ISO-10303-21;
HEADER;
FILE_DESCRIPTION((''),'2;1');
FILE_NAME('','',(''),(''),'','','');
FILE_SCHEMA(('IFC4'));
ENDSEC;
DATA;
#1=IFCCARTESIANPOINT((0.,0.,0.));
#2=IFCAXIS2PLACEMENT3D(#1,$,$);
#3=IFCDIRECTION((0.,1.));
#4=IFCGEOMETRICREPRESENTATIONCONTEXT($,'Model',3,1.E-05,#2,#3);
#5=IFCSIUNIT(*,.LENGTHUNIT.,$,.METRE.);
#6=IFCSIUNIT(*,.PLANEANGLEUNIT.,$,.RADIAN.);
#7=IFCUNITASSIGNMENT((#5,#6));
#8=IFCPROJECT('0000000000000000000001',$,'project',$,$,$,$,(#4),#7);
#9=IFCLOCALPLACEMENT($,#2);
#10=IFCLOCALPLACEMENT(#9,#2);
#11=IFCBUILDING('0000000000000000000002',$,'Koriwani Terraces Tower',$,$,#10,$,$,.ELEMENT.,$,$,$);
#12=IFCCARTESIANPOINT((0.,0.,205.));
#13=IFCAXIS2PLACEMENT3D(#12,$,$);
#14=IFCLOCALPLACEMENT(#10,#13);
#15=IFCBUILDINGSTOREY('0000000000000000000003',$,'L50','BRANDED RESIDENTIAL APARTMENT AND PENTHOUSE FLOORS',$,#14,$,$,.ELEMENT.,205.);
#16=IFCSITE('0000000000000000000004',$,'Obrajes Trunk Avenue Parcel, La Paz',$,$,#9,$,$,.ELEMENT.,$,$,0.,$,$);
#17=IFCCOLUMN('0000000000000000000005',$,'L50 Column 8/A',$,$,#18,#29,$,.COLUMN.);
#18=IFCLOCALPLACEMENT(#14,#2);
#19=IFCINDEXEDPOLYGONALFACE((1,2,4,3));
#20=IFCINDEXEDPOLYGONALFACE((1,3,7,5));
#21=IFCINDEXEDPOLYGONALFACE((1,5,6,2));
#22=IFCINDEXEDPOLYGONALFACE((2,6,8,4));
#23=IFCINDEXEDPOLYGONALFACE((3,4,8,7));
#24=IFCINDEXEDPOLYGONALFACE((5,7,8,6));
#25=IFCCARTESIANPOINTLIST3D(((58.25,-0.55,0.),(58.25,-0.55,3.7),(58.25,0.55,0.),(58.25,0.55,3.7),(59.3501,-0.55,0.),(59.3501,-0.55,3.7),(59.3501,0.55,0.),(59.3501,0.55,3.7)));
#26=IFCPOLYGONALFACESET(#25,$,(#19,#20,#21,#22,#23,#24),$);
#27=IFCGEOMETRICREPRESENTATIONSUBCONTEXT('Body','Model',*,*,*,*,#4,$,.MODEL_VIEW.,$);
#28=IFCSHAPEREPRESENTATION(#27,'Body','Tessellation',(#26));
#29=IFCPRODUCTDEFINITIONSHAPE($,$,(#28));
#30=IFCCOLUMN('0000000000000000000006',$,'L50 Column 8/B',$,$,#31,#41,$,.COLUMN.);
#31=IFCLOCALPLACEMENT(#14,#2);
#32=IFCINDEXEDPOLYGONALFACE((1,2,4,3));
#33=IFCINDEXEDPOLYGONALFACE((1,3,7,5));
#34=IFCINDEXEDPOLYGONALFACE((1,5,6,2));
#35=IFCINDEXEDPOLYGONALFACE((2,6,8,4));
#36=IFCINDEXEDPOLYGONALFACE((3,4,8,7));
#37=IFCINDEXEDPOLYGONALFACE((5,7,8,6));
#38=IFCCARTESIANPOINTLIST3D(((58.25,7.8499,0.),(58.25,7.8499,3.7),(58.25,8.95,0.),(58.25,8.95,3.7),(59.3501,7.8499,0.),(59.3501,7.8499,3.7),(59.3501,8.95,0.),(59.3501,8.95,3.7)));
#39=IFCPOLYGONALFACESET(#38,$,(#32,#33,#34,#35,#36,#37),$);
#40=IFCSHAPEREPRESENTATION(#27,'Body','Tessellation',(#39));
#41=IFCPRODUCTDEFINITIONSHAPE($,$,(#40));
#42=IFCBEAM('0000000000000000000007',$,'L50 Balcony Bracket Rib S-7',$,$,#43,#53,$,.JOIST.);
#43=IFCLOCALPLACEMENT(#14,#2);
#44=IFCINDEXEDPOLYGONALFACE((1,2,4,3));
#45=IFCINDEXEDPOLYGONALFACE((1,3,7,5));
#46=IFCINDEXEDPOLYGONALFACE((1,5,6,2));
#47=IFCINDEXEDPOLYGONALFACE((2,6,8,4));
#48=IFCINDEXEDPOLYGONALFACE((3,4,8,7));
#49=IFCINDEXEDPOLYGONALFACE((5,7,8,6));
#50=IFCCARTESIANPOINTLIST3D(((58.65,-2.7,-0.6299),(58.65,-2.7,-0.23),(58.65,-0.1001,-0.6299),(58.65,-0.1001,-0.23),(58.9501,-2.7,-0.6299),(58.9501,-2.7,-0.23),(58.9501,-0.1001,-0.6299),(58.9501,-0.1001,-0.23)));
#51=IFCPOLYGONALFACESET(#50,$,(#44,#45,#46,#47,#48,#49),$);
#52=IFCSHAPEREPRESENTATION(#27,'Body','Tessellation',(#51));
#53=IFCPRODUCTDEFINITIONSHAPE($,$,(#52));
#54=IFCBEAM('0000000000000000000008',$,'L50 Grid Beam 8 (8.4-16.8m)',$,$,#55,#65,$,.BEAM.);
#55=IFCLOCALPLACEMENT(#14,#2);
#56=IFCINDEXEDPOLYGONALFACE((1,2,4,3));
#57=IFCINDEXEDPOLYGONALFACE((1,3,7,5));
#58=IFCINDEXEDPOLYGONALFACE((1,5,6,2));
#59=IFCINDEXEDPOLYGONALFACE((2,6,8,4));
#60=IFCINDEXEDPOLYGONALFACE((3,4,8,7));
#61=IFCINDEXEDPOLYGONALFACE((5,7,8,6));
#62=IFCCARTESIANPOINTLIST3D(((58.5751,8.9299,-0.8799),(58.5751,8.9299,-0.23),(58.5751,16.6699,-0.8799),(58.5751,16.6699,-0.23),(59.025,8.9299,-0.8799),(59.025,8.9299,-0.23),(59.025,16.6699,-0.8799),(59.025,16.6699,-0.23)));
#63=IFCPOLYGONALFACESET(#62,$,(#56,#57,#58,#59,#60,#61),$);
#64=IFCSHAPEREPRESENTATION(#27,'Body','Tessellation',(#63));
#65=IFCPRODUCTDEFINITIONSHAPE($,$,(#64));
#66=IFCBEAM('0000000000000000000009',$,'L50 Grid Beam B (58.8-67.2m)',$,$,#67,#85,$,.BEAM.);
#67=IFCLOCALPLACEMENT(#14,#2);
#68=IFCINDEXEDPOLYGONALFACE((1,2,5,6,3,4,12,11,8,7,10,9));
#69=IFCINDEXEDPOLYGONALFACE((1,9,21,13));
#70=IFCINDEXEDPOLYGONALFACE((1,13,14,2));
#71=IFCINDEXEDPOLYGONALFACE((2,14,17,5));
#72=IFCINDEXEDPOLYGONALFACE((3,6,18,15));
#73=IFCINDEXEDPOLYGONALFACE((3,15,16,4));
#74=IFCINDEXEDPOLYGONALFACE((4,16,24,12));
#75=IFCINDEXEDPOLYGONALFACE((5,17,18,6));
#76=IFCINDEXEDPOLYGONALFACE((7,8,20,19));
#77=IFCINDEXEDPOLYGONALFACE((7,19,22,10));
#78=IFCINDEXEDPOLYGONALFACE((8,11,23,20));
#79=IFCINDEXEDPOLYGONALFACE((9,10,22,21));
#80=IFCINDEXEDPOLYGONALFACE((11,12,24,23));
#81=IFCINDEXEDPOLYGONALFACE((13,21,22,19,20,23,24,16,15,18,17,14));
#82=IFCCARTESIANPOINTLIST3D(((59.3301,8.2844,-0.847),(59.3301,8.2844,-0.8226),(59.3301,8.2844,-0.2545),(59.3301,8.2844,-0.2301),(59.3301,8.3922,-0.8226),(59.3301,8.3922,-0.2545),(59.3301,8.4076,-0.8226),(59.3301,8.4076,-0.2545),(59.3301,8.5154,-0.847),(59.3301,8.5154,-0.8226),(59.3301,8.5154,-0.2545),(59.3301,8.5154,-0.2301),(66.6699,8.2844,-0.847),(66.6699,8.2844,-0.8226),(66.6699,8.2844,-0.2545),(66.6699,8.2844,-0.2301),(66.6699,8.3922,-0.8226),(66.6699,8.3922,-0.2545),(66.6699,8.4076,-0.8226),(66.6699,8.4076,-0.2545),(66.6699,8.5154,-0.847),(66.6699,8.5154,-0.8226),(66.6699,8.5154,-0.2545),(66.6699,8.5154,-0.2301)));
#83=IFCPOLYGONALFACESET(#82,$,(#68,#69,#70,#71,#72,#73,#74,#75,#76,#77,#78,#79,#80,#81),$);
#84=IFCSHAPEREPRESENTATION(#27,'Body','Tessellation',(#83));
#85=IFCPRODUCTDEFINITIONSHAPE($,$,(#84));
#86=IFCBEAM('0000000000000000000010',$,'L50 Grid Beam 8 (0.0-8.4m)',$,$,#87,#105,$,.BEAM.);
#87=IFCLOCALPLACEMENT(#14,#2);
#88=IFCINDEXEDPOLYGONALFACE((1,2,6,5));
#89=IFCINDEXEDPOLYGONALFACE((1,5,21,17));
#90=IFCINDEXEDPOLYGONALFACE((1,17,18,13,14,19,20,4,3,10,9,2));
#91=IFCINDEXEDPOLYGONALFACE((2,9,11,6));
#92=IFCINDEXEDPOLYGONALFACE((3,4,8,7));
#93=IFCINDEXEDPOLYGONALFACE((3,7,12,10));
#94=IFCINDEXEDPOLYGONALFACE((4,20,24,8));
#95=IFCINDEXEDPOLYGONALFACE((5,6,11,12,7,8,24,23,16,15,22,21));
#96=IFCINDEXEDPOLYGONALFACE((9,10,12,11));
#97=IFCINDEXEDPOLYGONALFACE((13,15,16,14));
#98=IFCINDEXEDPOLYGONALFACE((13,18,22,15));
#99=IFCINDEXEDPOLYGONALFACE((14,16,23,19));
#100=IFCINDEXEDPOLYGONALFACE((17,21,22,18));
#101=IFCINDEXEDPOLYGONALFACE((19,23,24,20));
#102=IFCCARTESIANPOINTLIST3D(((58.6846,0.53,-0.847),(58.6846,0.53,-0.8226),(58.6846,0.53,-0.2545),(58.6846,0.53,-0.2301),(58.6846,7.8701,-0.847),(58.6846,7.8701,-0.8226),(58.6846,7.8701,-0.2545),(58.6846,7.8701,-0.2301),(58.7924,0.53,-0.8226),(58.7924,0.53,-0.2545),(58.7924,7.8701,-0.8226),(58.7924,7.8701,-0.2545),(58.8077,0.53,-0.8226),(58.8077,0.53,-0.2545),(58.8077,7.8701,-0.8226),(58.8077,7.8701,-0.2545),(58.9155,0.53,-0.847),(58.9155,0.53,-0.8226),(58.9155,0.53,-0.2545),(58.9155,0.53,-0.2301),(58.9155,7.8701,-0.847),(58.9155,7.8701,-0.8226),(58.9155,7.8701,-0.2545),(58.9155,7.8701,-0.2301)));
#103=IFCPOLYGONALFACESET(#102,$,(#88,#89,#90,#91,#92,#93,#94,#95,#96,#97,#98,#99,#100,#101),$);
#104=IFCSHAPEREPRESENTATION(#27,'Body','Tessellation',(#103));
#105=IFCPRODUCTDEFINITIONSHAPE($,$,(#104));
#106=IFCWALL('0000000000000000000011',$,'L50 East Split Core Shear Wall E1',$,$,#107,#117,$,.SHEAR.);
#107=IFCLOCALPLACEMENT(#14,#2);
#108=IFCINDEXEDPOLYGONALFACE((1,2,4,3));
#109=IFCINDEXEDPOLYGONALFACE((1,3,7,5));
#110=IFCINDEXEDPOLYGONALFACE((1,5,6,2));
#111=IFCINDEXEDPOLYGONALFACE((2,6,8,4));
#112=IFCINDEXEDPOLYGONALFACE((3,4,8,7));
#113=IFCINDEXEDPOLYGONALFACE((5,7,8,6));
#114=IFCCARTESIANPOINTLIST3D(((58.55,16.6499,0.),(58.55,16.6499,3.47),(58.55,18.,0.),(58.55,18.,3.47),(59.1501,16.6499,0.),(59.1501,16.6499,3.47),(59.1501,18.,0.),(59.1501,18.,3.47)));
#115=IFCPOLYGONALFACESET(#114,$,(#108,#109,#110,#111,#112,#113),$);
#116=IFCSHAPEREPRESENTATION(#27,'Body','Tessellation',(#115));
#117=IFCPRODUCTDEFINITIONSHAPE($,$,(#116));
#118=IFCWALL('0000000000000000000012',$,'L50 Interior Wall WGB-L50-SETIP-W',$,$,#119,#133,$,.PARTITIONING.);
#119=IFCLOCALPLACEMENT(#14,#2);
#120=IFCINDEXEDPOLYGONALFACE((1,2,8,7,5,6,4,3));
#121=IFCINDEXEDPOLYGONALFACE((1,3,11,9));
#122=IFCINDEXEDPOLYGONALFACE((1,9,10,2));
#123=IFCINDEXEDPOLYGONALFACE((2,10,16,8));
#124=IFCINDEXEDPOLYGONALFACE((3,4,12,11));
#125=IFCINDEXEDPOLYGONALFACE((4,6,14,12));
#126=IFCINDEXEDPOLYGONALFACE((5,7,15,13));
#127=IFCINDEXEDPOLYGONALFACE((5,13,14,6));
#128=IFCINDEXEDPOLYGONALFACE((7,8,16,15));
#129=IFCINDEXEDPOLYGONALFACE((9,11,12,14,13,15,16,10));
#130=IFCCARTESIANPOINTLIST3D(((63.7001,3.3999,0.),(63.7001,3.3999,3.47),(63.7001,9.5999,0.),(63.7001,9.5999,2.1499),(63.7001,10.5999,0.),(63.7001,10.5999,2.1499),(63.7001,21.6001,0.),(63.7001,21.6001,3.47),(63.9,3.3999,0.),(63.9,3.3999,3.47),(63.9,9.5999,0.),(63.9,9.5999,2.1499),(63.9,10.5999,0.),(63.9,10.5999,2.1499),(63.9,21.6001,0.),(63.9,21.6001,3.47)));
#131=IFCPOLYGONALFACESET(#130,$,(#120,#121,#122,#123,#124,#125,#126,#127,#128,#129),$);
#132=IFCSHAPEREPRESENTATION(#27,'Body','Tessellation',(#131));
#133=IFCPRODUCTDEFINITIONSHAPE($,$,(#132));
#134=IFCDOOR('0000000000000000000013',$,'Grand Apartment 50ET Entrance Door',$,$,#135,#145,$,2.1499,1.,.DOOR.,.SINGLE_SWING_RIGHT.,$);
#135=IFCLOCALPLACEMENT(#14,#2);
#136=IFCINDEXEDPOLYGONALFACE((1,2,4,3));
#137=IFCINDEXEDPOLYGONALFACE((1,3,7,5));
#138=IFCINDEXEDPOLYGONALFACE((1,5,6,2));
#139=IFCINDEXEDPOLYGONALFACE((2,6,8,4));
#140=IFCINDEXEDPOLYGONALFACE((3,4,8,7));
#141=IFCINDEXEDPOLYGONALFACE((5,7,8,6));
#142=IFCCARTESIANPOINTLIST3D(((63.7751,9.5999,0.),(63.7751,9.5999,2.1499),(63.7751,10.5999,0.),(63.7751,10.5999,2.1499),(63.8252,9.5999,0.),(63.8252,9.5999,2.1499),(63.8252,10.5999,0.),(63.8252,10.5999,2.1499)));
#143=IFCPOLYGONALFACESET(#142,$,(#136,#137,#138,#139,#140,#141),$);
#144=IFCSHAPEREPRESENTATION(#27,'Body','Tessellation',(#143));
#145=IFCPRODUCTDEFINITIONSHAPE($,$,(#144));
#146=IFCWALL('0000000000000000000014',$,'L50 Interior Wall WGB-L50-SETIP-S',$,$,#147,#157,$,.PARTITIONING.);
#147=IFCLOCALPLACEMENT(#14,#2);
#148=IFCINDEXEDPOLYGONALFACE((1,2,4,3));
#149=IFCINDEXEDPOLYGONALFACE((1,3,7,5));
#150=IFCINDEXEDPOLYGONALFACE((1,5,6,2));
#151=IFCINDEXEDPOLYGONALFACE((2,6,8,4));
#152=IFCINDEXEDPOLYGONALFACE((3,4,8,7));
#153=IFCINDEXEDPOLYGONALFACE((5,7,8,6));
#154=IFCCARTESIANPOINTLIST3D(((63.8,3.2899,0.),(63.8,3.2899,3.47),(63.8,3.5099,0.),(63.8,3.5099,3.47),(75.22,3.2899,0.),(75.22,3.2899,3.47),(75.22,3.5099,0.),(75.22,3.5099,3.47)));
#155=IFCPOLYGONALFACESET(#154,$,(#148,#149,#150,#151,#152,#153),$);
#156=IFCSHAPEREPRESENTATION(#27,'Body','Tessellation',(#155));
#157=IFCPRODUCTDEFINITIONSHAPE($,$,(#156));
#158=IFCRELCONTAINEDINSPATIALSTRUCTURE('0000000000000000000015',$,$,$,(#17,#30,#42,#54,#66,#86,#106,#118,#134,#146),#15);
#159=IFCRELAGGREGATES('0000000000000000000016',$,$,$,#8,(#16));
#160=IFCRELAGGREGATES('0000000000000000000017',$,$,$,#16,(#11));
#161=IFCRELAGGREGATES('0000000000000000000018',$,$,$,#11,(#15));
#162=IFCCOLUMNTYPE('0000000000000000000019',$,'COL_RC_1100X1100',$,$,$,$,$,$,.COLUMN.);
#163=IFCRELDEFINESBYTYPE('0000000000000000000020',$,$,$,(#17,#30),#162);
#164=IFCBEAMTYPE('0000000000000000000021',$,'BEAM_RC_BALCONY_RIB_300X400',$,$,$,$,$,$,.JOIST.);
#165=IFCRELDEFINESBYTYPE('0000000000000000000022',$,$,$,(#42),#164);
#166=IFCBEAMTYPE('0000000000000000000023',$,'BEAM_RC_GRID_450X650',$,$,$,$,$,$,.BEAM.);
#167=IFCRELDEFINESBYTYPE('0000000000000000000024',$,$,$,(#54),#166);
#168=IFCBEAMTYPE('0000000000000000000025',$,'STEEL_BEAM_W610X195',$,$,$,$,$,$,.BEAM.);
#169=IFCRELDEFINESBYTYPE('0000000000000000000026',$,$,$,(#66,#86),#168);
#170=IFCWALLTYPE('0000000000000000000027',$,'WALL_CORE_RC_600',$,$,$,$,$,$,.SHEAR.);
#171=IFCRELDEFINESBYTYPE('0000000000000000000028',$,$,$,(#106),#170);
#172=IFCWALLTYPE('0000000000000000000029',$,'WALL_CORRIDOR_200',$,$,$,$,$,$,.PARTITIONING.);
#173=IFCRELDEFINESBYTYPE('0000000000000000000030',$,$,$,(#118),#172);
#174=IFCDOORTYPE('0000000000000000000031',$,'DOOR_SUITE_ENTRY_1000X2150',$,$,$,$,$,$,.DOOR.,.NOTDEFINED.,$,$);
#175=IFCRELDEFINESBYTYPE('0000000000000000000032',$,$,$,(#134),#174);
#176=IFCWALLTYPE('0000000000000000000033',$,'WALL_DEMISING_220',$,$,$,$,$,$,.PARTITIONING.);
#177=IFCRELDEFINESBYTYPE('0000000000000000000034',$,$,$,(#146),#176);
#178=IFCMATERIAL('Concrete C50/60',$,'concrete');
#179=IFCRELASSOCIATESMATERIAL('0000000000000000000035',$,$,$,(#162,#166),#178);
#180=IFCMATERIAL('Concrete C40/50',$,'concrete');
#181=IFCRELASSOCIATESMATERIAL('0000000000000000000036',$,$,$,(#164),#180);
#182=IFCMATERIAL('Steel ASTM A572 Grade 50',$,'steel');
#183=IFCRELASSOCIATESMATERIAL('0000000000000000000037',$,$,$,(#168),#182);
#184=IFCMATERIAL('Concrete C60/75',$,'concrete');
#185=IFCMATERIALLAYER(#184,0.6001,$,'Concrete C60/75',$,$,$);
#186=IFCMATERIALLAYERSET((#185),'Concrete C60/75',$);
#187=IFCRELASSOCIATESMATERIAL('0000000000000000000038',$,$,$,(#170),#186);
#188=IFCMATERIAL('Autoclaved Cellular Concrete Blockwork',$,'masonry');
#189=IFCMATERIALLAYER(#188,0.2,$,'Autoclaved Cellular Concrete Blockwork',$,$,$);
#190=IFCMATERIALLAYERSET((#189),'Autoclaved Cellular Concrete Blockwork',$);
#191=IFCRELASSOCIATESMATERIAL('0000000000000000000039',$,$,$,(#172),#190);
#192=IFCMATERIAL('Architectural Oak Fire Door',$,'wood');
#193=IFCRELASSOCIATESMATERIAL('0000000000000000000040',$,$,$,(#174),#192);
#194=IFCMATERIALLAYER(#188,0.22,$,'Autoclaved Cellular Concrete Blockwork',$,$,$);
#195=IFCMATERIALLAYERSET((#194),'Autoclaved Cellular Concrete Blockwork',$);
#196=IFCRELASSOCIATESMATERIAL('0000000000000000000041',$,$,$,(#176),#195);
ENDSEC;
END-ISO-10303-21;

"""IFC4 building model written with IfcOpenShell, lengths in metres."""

from ifc_helpers import new_model, si_unit, direction, frame, frame_2d, origin, origin_2d, place, context, subcontext, project, spatial, rectangle, i_section, extrude, material, layer, layer_set, material_profile, profile_set, type_object, element, fill, save


model = new_model("IFC4")

# Units and contexts
model_context = context("Model", 3, precision=1e-05, world=origin(), true_north=direction((0.0, 1.0)))
body_context = subcontext(model_context, "Body", "Model", "MODEL_VIEW")
ifc_project = project(units=[si_unit("LENGTHUNIT", "METRE"), si_unit("PLANEANGLEUNIT", "RADIAN")], contexts=[model_context])

# Site, building, storey
site_placement = place(None, origin())
site = spatial("IfcSite", under=ifc_project, at=site_placement, Name="Obrajes Trunk Avenue Parcel, La Paz", CompositionType="ELEMENT", RefElevation=0.0)
building_placement = place(site_placement, origin())
building = spatial("IfcBuilding", under=site, at=building_placement, Name="Koriwani Terraces Tower", CompositionType="ELEMENT")
storey_placement = place(building_placement, frame((0.0, 0.0, 205.0)))
storey = spatial("IfcBuildingStorey", under=building, at=storey_placement, Name="L50", Description="BRANDED RESIDENTIAL APARTMENT AND PENTHOUSE FLOORS", CompositionType="ELEMENT", Elevation=205.0)

# Columns
ifc_material_1 = material(Name="Concrete C50/60", Category="concrete")
ifc_material_profile_1 = material_profile(ifc_material_1, rectangle(XDim=1.1001, YDim=1.1001, at=origin_2d()), Name="Concrete C50/60", Category="LoadBearing")
ifc_profile_set_1 = profile_set([ifc_material_profile_1], Name="Concrete C50/60")
column_type = type_object("IfcColumnType", Name="COL_RC_1100X1100", PredefinedType="COLUMN", material=ifc_profile_set_1)
for number, where, z_axis, x_axis, name in (
    (1, (58.8, 0.0, 0.0), (0.0, 0.0, 1.0), (1.0, 0.0, 0.0), "L50 Column 8/A"),
    (2, (58.8, 8.3999, 0.0), (0.0, 0.0, 1.0), (1.0, 0.0, 0.0), "L50 Column 8/B"),
):
    element("IfcColumn", number, at=place(storey_placement, frame(where, z_axis=z_axis, x_axis=x_axis)), inside=storey, type_object=column_type, Name=name, PredefinedType="COLUMN", context=body_context, shape_type="SweptSolid", body=[
        extrude(rectangle(XDim=1.1001, YDim=1.1001, at=origin_2d()), origin(), (0.0, 0.0, 1.0), 3.7),
    ])

# Beams
ifc_material_2 = material(Name="Concrete C40/50", Category="concrete")
ifc_material_profile_2 = material_profile(ifc_material_2, rectangle(XDim=0.3, YDim=0.3999, at=origin_2d()), Name="Concrete C40/50", Category="LoadBearing")
ifc_profile_set_2 = profile_set([ifc_material_profile_2], Name="Concrete C40/50")
beam_type_1 = type_object("IfcBeamType", Name="BEAM_RC_BALCONY_RIB_300X400", PredefinedType="JOIST", material=ifc_profile_set_2)
beam_1_placement = place(storey_placement, frame((58.8, -2.7, -0.4299), z_axis=(0.0, 1.0, 0.0), x_axis=(-1.0, 0.0, 0.0)))
element("IfcBeam", 3, at=beam_1_placement, inside=storey, type_object=beam_type_1, Name="L50 Balcony Bracket Rib S-7", PredefinedType="JOIST", context=body_context, shape_type="SweptSolid", body=[
    extrude(rectangle(XDim=0.3, YDim=0.3999, at=origin_2d()), origin(), (0.0, 0.0, 1.0), 2.5999),
])
ifc_material_profile_3 = material_profile(ifc_material_1, rectangle(XDim=0.45, YDim=0.6499, at=origin_2d()), Name="Concrete C50/60", Category="LoadBearing")
ifc_profile_set_3 = profile_set([ifc_material_profile_3], Name="Concrete C50/60")
beam_type_2 = type_object("IfcBeamType", Name="BEAM_RC_GRID_450X650", PredefinedType="BEAM", material=ifc_profile_set_3)
beam_2_placement = place(storey_placement, frame((58.8, 8.9299, -0.5549), z_axis=(0.0, 1.0, 0.0), x_axis=(-1.0, 0.0, 0.0)))
element("IfcBeam", 4, at=beam_2_placement, inside=storey, type_object=beam_type_2, Name="L50 Grid Beam 8 (8.4-16.8m)", PredefinedType="BEAM", context=body_context, shape_type="SweptSolid", body=[
    extrude(rectangle(XDim=0.45, YDim=0.6499, at=origin_2d()), origin(), (0.0, 0.0, 1.0), 7.74),
])
ifc_material_3 = material(Name="Steel ASTM A572 Grade 50", Category="steel")
ifc_material_profile_4 = material_profile(ifc_material_3, i_section(OverallWidth=0.231, OverallDepth=0.6169, WebThickness=0.0154, FlangeThickness=0.0244, at=origin_2d()), Name="Steel ASTM A572 Grade 50", Category="LoadBearing")
ifc_profile_set_4 = profile_set([ifc_material_profile_4], Name="Steel ASTM A572 Grade 50")
beam_type_3 = type_object("IfcBeamType", Name="STEEL_BEAM_W610X195", PredefinedType="BEAM", material=ifc_profile_set_4)
beam_3_placement = place(storey_placement, frame((59.3301, 8.3999, -0.5386), z_axis=(1.0, 0.0, 0.0), x_axis=(0.0, 1.0, 0.0)))
element("IfcBeam", 5, at=beam_3_placement, inside=storey, type_object=beam_type_3, Name="L50 Grid Beam B (58.8-67.2m)", PredefinedType="BEAM", context=body_context, shape_type="SweptSolid", body=[
    extrude(i_section(OverallWidth=0.231, OverallDepth=0.6169, WebThickness=0.0154, FlangeThickness=0.0244, at=origin_2d()), origin(), (0.0, 0.0, 1.0), 7.3398),
])
beam_4_placement = place(storey_placement, frame((58.8, 0.53, -0.5386), z_axis=(0.0, 1.0, 0.0), x_axis=(-1.0, 0.0, 0.0)))
element("IfcBeam", 6, at=beam_4_placement, inside=storey, type_object=beam_type_3, Name="L50 Grid Beam 8 (0.0-8.4m)", PredefinedType="BEAM", context=body_context, shape_type="SweptSolid", body=[
    extrude(i_section(OverallWidth=0.231, OverallDepth=0.6169, WebThickness=0.0154, FlangeThickness=0.0244, at=origin_2d()), origin(), (0.0, 0.0, 1.0), 7.3401),
])

# Wall
ifc_material_4 = material(Name="Concrete C60/75", Category="concrete")
ifc_layer_1 = layer(ifc_material_4, 0.6001, Name="Concrete C60/75")
ifc_layer_set_1 = layer_set([ifc_layer_1], Name="Concrete C60/75")
wall_type_1 = type_object("IfcWallType", Name="WALL_CORE_RC_600", PredefinedType="SHEAR", material=ifc_layer_set_1)
wall_1_placement = place(storey_placement, frame((58.8501, 16.6499, 0.0), z_axis=(0.0, 0.0, 1.0), x_axis=(0.0, 1.0, 0.0)))
element("IfcWall", 7, at=wall_1_placement, inside=storey, type_object=wall_type_1, Name="L50 East Split Core Shear Wall E1", PredefinedType="SHEAR", context=body_context, shape_type="SweptSolid", body=[
    extrude(rectangle(XDim=1.3501, YDim=0.6001, at=frame_2d((0.675, 0.0))), origin(), (0.0, 0.0, 1.0), 3.47),
])

# Wall, opening, door
ifc_material_5 = material(Name="Autoclaved Cellular Concrete Blockwork", Category="masonry")
ifc_layer_2 = layer(ifc_material_5, 0.2, Name="Autoclaved Cellular Concrete Blockwork")
ifc_layer_set_2 = layer_set([ifc_layer_2], Name="Autoclaved Cellular Concrete Blockwork")
wall_type_2 = type_object("IfcWallType", Name="WALL_CORRIDOR_200", PredefinedType="PARTITIONING", material=ifc_layer_set_2)
wall_2_placement = place(storey_placement, frame((63.8, 3.3999, 0.0), z_axis=(0.0, 0.0, 1.0), x_axis=(0.0, 1.0, 0.0)))
wall_2 = element("IfcWall", 8, at=wall_2_placement, inside=storey, type_object=wall_type_2, Name="L50 Interior Wall WGB-L50-SETIP-W", PredefinedType="PARTITIONING", context=body_context, shape_type="SweptSolid", body=[
    extrude(rectangle(XDim=18.2002, YDim=0.2, at=frame_2d((9.1001, 0.0))), origin(), (0.0, 0.0, 1.0), 3.47),
])
opening_1_placement = place(wall_2_placement, frame((6.2, 0.0, 0.0)))
opening_1 = element("IfcOpeningElement", 9, at=opening_1_placement, cuts=wall_2, PredefinedType="OPENING", context=body_context, shape_type="SweptSolid", body=[
    extrude(rectangle(XDim=1.0, YDim=2.1499, at=frame_2d((0.5, 1.075))), frame((0.0, 0.1099, 0.0), z_axis=(0.0, -1.0, 0.0), x_axis=(1.0, 0.0, 0.0)), (0.0, 0.0, 1.0), 0.22),
])
ifc_material_6 = material(Name="Architectural Oak Fire Door", Category="wood")
door_type_1 = type_object("IfcDoorType", Name="DOOR_SUITE_ENTRY_1000X2150", OperationType="NOTDEFINED", PredefinedType="DOOR", material=ifc_material_6)
door_1_placement = place(opening_1_placement, origin())
door_1 = element("IfcDoor", 10, at=door_1_placement, inside=storey, type_object=door_type_1, Name="Grand Apartment 50ET Entrance Door", OperationType="SINGLE_SWING_RIGHT", OverallHeight=2.1499, OverallWidth=1.0, PredefinedType="DOOR", context=body_context, shape_type="SweptSolid", body=[
    extrude(rectangle(XDim=1.0, YDim=2.1499, at=frame_2d((0.5, 1.075))), frame((0.0, 0.0249, 0.0), z_axis=(0.0, -1.0, 0.0), x_axis=(1.0, 0.0, 0.0)), (0.0, 0.0, 1.0), 0.05),
])
fill(opening_1, door_1)

# Wall
ifc_layer_3 = layer(ifc_material_5, 0.22, Name="Autoclaved Cellular Concrete Blockwork")
ifc_layer_set_3 = layer_set([ifc_layer_3], Name="Autoclaved Cellular Concrete Blockwork")
wall_type_3 = type_object("IfcWallType", Name="WALL_DEMISING_220", PredefinedType="PARTITIONING", material=ifc_layer_set_3)
wall_3_placement = place(storey_placement, frame((63.8, 3.3999, 0.0), z_axis=(0.0, 0.0, 1.0), x_axis=(1.0, 0.0, 0.0)))
element("IfcWall", 11, at=wall_3_placement, inside=storey, type_object=wall_type_3, Name="L50 Interior Wall WGB-L50-SETIP-S", PredefinedType="PARTITIONING", context=body_context, shape_type="SweptSolid", body=[
    extrude(rectangle(XDim=11.4199, YDim=0.22, at=frame_2d((5.71, 0.0))), origin(), (0.0, 0.0, 1.0), 3.47),
])

save(model, "model.ifc")
